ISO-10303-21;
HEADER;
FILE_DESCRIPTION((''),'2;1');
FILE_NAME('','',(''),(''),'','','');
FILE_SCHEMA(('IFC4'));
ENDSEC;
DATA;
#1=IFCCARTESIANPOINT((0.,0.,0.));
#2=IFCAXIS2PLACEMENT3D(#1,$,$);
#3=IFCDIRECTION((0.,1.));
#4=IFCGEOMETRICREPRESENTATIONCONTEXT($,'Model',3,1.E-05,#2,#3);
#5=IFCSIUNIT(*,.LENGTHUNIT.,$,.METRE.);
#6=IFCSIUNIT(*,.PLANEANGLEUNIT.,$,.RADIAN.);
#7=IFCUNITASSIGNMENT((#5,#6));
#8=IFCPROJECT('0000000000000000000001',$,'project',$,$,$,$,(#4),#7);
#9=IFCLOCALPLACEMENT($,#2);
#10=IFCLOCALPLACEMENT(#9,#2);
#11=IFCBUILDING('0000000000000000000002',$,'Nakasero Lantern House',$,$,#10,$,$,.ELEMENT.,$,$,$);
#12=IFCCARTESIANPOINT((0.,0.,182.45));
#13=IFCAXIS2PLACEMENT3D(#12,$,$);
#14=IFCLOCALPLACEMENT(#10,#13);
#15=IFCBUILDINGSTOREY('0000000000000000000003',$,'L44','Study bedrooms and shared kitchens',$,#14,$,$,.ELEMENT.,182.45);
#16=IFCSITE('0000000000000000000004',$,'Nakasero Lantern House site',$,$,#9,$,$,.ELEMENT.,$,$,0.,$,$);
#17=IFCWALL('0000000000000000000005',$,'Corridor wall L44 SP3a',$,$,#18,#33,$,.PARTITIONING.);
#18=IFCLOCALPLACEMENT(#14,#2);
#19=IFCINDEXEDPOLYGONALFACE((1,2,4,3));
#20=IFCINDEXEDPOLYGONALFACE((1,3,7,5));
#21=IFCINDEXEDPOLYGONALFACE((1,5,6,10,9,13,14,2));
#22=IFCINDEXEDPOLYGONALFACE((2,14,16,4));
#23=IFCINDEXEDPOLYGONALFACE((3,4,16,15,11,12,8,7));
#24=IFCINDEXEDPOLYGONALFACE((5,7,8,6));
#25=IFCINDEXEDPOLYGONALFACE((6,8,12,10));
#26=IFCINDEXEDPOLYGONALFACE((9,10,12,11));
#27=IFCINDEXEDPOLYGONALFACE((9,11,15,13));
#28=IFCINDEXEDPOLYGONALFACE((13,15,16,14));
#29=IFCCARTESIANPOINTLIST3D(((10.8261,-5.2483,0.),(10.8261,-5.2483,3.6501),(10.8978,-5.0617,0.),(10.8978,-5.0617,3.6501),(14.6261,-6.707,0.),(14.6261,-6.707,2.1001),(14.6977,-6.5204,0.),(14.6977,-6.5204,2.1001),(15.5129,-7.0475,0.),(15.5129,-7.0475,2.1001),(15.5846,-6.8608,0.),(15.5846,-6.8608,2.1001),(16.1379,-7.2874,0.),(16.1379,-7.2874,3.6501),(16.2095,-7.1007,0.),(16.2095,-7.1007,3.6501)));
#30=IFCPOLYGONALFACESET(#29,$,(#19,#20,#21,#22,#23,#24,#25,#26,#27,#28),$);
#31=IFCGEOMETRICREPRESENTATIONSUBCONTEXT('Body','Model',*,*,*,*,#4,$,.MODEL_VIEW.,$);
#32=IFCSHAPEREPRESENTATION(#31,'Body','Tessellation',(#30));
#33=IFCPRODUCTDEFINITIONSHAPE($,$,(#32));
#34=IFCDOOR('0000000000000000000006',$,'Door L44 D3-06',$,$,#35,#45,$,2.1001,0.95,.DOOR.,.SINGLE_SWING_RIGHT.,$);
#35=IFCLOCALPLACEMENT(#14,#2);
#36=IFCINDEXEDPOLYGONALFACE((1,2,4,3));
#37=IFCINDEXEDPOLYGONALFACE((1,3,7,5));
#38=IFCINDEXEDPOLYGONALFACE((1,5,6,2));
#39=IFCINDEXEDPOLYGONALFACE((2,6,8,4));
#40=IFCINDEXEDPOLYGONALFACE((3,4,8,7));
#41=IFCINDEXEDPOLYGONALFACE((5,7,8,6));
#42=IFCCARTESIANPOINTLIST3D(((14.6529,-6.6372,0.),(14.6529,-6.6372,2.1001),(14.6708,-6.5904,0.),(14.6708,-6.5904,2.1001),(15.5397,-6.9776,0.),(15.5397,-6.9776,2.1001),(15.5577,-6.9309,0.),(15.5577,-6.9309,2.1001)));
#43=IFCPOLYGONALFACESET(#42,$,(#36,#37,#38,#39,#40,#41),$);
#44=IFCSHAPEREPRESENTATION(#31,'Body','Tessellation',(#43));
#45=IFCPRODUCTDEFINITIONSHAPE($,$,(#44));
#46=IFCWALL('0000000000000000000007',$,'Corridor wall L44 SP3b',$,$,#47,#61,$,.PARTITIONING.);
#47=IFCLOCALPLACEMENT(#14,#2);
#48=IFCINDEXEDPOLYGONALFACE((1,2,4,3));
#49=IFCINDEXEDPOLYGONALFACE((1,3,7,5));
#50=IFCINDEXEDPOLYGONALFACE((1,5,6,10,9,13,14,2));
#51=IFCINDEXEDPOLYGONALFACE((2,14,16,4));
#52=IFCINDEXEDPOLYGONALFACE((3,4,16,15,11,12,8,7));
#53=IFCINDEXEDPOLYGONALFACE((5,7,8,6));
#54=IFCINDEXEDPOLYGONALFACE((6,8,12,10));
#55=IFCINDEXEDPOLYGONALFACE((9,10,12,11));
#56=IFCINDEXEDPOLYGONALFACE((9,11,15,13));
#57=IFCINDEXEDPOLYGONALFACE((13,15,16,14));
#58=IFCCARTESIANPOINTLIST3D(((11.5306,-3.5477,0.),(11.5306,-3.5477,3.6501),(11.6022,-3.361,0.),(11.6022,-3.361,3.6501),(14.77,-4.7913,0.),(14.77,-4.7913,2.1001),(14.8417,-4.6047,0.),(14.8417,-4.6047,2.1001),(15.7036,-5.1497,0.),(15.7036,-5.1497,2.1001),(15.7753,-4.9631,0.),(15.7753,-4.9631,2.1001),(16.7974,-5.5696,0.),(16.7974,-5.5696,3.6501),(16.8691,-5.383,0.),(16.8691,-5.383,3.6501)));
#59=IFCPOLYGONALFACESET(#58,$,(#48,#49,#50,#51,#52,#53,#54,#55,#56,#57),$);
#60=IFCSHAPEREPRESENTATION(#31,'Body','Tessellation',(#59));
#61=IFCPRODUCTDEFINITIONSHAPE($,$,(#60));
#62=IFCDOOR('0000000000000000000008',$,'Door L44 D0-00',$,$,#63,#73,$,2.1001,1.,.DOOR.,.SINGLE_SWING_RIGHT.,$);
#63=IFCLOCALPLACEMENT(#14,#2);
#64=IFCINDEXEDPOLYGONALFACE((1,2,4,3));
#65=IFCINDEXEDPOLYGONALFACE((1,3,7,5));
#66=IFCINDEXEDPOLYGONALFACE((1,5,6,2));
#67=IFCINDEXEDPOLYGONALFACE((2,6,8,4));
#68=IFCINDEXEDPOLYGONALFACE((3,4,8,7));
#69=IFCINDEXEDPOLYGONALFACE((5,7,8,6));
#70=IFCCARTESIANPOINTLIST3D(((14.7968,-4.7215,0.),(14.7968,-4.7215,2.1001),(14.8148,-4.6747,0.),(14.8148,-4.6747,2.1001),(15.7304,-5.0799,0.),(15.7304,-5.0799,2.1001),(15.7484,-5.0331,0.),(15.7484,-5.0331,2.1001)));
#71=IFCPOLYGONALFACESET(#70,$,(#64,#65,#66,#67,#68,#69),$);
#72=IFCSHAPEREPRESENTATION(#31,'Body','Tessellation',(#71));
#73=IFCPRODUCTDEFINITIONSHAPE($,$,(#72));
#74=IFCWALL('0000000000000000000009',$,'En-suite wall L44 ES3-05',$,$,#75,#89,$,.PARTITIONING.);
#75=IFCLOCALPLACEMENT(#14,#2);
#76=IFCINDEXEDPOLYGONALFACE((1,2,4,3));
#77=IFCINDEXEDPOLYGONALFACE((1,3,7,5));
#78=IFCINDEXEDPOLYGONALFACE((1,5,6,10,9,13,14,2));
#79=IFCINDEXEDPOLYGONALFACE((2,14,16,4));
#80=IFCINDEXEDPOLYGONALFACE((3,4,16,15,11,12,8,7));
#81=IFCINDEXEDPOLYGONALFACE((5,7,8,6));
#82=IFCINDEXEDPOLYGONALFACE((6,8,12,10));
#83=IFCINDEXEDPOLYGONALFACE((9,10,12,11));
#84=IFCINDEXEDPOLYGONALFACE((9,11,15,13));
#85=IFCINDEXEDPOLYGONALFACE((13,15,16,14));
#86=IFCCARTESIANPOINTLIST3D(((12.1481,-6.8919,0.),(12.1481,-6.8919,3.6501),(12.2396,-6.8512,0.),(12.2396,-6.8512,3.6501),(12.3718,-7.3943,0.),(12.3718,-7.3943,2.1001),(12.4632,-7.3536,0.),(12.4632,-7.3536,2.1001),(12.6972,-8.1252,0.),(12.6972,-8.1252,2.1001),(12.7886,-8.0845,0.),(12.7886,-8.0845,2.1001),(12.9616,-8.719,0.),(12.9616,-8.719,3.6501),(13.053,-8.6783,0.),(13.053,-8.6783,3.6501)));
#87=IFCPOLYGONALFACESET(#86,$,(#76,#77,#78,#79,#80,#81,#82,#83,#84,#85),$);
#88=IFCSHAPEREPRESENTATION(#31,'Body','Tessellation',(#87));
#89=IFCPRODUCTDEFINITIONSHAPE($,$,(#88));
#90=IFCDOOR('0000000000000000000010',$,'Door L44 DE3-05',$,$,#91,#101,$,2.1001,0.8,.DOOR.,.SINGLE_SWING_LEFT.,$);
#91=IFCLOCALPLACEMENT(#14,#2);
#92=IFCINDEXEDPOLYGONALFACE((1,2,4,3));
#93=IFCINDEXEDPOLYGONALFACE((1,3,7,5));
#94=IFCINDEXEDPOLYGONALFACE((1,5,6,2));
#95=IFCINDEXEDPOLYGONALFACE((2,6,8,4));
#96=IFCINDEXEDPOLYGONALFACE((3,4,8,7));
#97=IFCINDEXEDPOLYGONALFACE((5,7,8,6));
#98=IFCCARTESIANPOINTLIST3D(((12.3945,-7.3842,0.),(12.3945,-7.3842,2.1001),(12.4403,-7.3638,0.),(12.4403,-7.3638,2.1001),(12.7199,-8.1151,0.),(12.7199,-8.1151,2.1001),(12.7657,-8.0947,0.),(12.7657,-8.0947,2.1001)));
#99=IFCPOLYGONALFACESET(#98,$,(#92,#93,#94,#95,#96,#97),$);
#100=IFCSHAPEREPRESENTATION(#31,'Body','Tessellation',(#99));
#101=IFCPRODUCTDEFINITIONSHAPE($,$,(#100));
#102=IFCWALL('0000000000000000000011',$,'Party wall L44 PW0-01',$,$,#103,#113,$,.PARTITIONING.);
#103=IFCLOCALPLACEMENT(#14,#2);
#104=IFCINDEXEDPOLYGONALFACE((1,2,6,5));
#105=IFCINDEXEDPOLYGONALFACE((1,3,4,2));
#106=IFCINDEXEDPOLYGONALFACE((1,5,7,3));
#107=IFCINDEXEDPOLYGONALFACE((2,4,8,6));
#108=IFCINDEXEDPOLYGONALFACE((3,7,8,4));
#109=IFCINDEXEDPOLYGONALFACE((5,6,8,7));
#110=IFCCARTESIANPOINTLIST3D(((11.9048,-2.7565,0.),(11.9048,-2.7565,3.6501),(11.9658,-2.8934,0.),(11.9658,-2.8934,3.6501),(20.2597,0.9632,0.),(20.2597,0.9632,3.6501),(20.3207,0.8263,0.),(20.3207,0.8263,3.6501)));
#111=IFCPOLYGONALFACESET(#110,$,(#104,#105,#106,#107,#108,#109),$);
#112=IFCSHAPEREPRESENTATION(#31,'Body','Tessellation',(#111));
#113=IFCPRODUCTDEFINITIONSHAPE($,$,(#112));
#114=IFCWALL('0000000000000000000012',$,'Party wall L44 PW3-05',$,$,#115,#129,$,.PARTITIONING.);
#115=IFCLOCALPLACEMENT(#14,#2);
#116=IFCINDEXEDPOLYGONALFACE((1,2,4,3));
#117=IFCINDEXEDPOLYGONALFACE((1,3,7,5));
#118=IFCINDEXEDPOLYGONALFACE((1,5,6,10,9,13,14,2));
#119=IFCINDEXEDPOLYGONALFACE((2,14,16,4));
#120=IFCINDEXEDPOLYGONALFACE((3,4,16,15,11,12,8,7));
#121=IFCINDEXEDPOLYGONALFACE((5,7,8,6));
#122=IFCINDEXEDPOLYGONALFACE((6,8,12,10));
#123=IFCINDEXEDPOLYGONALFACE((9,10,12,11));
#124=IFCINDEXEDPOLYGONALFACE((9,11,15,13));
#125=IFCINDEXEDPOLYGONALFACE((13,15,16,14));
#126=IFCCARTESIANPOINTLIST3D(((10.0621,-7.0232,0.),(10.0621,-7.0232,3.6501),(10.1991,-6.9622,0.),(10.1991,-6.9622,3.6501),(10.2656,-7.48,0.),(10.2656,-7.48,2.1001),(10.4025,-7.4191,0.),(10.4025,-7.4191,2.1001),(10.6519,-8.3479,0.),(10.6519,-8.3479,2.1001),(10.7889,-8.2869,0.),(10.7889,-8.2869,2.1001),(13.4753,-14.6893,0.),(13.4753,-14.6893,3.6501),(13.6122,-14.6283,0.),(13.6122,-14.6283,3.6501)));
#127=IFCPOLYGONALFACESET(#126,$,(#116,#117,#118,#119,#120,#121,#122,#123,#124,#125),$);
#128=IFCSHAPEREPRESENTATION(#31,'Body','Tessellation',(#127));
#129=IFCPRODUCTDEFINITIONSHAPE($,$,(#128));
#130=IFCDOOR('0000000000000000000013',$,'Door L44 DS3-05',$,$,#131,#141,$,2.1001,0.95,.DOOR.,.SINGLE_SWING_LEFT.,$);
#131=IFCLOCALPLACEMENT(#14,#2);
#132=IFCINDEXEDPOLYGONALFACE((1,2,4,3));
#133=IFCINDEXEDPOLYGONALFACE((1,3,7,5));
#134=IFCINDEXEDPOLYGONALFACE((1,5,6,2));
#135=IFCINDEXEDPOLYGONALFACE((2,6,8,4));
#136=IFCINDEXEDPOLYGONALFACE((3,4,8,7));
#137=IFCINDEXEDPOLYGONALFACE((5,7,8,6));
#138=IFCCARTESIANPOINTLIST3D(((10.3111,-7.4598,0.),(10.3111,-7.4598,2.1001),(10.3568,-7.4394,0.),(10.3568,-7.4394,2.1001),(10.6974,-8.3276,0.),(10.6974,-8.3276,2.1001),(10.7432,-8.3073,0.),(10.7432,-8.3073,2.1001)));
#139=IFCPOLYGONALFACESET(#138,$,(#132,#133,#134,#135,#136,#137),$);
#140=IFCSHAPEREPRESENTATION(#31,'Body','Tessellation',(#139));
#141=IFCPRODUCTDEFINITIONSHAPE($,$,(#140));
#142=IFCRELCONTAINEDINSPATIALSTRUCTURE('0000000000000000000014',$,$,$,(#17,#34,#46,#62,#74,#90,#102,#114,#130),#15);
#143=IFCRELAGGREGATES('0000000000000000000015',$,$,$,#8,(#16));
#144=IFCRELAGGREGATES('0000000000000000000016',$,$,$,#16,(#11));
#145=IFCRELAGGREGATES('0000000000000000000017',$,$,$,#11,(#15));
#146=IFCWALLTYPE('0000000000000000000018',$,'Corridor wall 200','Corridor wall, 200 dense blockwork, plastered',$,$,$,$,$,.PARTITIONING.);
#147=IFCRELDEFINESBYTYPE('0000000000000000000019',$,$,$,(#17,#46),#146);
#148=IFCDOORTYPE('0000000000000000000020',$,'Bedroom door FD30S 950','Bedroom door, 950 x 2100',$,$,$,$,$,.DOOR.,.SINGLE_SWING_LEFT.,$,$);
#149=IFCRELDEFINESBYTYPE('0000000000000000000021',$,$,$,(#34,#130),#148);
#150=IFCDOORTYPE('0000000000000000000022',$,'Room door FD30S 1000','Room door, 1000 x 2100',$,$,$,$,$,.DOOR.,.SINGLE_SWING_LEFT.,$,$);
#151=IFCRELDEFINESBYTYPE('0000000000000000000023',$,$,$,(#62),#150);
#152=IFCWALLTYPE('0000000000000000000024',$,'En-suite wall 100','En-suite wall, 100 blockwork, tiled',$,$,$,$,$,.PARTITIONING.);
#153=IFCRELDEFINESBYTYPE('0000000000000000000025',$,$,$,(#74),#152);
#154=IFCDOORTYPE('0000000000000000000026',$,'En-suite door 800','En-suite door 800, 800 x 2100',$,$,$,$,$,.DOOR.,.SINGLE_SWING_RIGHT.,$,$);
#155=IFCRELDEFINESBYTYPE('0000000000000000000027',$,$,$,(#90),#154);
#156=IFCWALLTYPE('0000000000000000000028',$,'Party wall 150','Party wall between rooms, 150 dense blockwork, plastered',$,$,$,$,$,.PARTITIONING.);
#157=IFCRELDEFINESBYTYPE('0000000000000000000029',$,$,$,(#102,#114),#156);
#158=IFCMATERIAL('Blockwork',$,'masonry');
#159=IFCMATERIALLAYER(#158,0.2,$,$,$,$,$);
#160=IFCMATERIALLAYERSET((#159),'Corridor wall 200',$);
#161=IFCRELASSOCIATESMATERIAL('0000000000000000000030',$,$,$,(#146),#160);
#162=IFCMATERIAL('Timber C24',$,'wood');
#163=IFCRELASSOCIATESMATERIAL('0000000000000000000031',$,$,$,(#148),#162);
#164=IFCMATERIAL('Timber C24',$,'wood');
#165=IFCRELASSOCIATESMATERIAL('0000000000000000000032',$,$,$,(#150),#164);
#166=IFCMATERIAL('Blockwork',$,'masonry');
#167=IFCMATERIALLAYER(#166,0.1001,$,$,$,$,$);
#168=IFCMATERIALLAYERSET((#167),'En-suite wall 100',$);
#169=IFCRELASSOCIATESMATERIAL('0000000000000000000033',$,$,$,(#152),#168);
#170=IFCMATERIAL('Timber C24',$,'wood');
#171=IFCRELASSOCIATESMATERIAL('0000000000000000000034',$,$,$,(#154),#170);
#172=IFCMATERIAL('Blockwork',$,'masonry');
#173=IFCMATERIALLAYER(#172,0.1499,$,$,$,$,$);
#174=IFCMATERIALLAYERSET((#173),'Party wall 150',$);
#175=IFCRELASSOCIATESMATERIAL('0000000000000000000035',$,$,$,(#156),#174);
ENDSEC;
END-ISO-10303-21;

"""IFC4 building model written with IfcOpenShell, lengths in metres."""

from ifc_helpers import new_model, si_unit, direction, frame, frame_2d, origin, place, context, subcontext, project, spatial, rectangle, extrude, material, layer, layer_set, type_object, element, fill, save


model = new_model("IFC4")

# Units and contexts
model_context = context("Model", 3, precision=1e-05, world=origin(), true_north=direction((0.0, 1.0)))
body_context = subcontext(model_context, "Body", "Model", "MODEL_VIEW")
ifc_project = project(units=[si_unit("LENGTHUNIT", "METRE"), si_unit("PLANEANGLEUNIT", "RADIAN")], contexts=[model_context])

# Site, building, storey
site_placement = place(None, origin())
site = spatial("IfcSite", under=ifc_project, at=site_placement, Name="Nakasero Lantern House site", CompositionType="ELEMENT", RefElevation=0.0)
building_placement = place(site_placement, origin())
building = spatial("IfcBuilding", under=site, at=building_placement, Name="Nakasero Lantern House", CompositionType="ELEMENT")
storey_placement = place(building_placement, frame((0.0, 0.0, 182.45)))
storey = spatial("IfcBuildingStorey", under=building, at=storey_placement, Name="L44", Description="Study bedrooms and shared kitchens", CompositionType="ELEMENT", Elevation=182.45)

# Shared definitions
ifc_material_1 = material(Name="Blockwork", Category="masonry")
ifc_layer_1 = layer(ifc_material_1, 0.2)
ifc_layer_set_1 = layer_set([ifc_layer_1], Name="Corridor wall 200")
wall_type_1 = type_object("IfcWallType", Name="Corridor wall 200", Description="Corridor wall, 200 dense blockwork, plastered", PredefinedType="PARTITIONING", material=ifc_layer_set_1)

# Walls, openings, doors
wall_1_placement = place(storey_placement, frame((10.8621, -5.155, 0.0), z_axis=(0.0, 0.0, 1.0), x_axis=(0.933577, -0.358378, 0.0)))
wall_1 = element("IfcWall", 1, at=wall_1_placement, inside=storey, type_object=wall_type_1, Name="Corridor wall L44 SP3a", PredefinedType="PARTITIONING", context=body_context, shape_type="SweptSolid", body=[
    extrude(rectangle(XDim=5.6897, YDim=0.2, at=frame_2d((2.8447, 0.0))), origin(), (0.0, 0.0, 1.0), 3.6501),
])
opening_1_placement = place(wall_1_placement, frame((4.0701, 0.0, 0.0)))
opening_1 = element("IfcOpeningElement", 2, at=opening_1_placement, cuts=wall_1, PredefinedType="OPENING", context=body_context, shape_type="SweptSolid", body=[
    extrude(rectangle(XDim=0.95, YDim=2.1001, at=frame_2d((0.4751, 1.05))), frame((0.0, 0.1199, 0.0), z_axis=(0.0, -1.0, 0.0), x_axis=(1.0, 0.0, 0.0)), (0.0, 0.0, 1.0), 0.24),
])
ifc_material_2 = material(Name="Timber C24", Category="wood")
door_type_1 = type_object("IfcDoorType", Name="Bedroom door FD30S 950", Description="Bedroom door, 950 x 2100", OperationType="SINGLE_SWING_LEFT", PredefinedType="DOOR", material=ifc_material_2)
door_1_placement = place(opening_1_placement, origin())
door_1 = element("IfcDoor", 3, at=door_1_placement, inside=storey, type_object=door_type_1, Name="Door L44 D3-06", OperationType="SINGLE_SWING_RIGHT", OverallHeight=2.1001, OverallWidth=0.95, PredefinedType="DOOR", context=body_context, shape_type="SweptSolid", body=[
    extrude(rectangle(XDim=0.95, YDim=2.1001, at=frame_2d((0.4751, 1.05))), frame((0.0, 0.0249, 0.0), z_axis=(0.0, -1.0, 0.0), x_axis=(1.0, 0.0, 0.0)), (0.0, 0.0, 1.0), 0.05),
])
fill(opening_1, door_1)
wall_2_placement = place(storey_placement, frame((11.5664, -3.4543, 0.0), z_axis=(0.0, 0.0, 1.0), x_axis=(0.933567, -0.358402, 0.0)))
wall_2 = element("IfcWall", 4, at=wall_2_placement, inside=storey, type_object=wall_type_1, Name="Corridor wall L44 SP3b", PredefinedType="PARTITIONING", context=body_context, shape_type="SweptSolid", body=[
    extrude(rectangle(XDim=5.6416, YDim=0.2, at=frame_2d((2.8208, 0.0))), origin(), (0.0, 0.0, 1.0), 3.6501),
])
opening_2_placement = place(wall_2_placement, frame((3.47, 0.0, 0.0)))
opening_2 = element("IfcOpeningElement", 5, at=opening_2_placement, cuts=wall_2, PredefinedType="OPENING", context=body_context, shape_type="SweptSolid", body=[
    extrude(rectangle(XDim=1.0, YDim=2.1001, at=frame_2d((0.5, 1.05))), frame((0.0, 0.1199, 0.0), z_axis=(0.0, -1.0, 0.0), x_axis=(1.0, 0.0, 0.0)), (0.0, 0.0, 1.0), 0.24),
])
ifc_material_3 = material(Name="Timber C24", Category="wood")
door_type_2 = type_object("IfcDoorType", Name="Room door FD30S 1000", Description="Room door, 1000 x 2100", OperationType="SINGLE_SWING_LEFT", PredefinedType="DOOR", material=ifc_material_3)
door_2_placement = place(opening_2_placement, origin())
door_2 = element("IfcDoor", 6, at=door_2_placement, inside=storey, type_object=door_type_2, Name="Door L44 D0-00", OperationType="SINGLE_SWING_RIGHT", OverallHeight=2.1001, OverallWidth=1.0, PredefinedType="DOOR", context=body_context, shape_type="SweptSolid", body=[
    extrude(rectangle(XDim=1.0, YDim=2.1001, at=frame_2d((0.5, 1.05))), frame((0.0, 0.0249, 0.0), z_axis=(0.0, -1.0, 0.0), x_axis=(1.0, 0.0, 0.0)), (0.0, 0.0, 1.0), 0.05),
])
fill(opening_2, door_2)
ifc_material_4 = material(Name="Blockwork", Category="masonry")
ifc_layer_2 = layer(ifc_material_4, 0.1001)
ifc_layer_set_2 = layer_set([ifc_layer_2], Name="En-suite wall 100")
wall_type_2 = type_object("IfcWallType", Name="En-suite wall 100", Description="En-suite wall, 100 blockwork, tiled", PredefinedType="PARTITIONING", material=ifc_layer_set_2)
wall_3_placement = place(storey_placement, frame((12.1938, -6.8716, 0.0), z_axis=(0.0, 0.0, 1.0), x_axis=(0.406727, -0.91355, 0.0)))
wall_3 = element("IfcWall", 7, at=wall_3_placement, inside=storey, type_object=wall_type_2, Name="En-suite wall L44 ES3-05", PredefinedType="PARTITIONING", context=body_context, shape_type="SweptSolid", body=[
    extrude(rectangle(XDim=2.0, YDim=0.1001, at=frame_2d((1.0, 0.0))), origin(), (0.0, 0.0, 1.0), 3.6501),
])
opening_3_placement = place(wall_3_placement, frame((0.55, 0.0, 0.0)))
opening_3 = element("IfcOpeningElement", 8, at=opening_3_placement, cuts=wall_3, PredefinedType="OPENING", context=body_context, shape_type="SweptSolid", body=[
    extrude(rectangle(XDim=0.8, YDim=2.1001, at=frame_2d((0.3999, 1.05))), frame((0.0, 0.0701, 0.0), z_axis=(0.0, -1.0, 0.0), x_axis=(1.0, 0.0, 0.0)), (0.0, 0.0, 1.0), 0.1401),
])
ifc_material_5 = material(Name="Timber C24", Category="wood")
door_type_3 = type_object("IfcDoorType", Name="En-suite door 800", Description="En-suite door 800, 800 x 2100", OperationType="SINGLE_SWING_RIGHT", PredefinedType="DOOR", material=ifc_material_5)
door_3_placement = place(opening_3_placement, origin())
door_3 = element("IfcDoor", 9, at=door_3_placement, inside=storey, type_object=door_type_3, Name="Door L44 DE3-05", OperationType="SINGLE_SWING_LEFT", OverallHeight=2.1001, OverallWidth=0.8, PredefinedType="DOOR", context=body_context, shape_type="SweptSolid", body=[
    extrude(rectangle(XDim=0.8, YDim=2.1001, at=frame_2d((0.3999, 1.05))), frame((0.0, 0.0249, 0.0), z_axis=(0.0, -1.0, 0.0), x_axis=(1.0, 0.0, 0.0)), (0.0, 0.0, 1.0), 0.05),
])
fill(opening_3, door_3)

# Wall
ifc_material_6 = material(Name="Blockwork", Category="masonry")
ifc_layer_3 = layer(ifc_material_6, 0.1499)
ifc_layer_set_3 = layer_set([ifc_layer_3], Name="Party wall 150")
wall_type_3 = type_object("IfcWallType", Name="Party wall 150", Description="Party wall between rooms, 150 dense blockwork, plastered", PredefinedType="PARTITIONING", material=ifc_layer_set_3)
wall_4_placement = place(storey_placement, frame((11.9353, -2.825, 0.0), z_axis=(0.0, 0.0, 1.0), x_axis=(0.913552, 0.406723, 0.0)))
element("IfcWall", 10, at=wall_4_placement, inside=storey, type_object=wall_type_3, Name="Party wall L44 PW0-01", PredefinedType="PARTITIONING", context=body_context, shape_type="SweptSolid", body=[
    extrude(rectangle(XDim=9.1455, YDim=0.1499, at=frame_2d((4.5728, 0.0))), origin(), (0.0, 0.0, 1.0), 3.6501),
])

# Wall, opening, door
wall_5_placement = place(storey_placement, frame((10.1306, -6.9927, 0.0), z_axis=(0.0, 0.0, 1.0), x_axis=(0.406732, -0.913547, 0.0)))
wall_5 = element("IfcWall", 11, at=wall_5_placement, inside=storey, type_object=wall_type_3, Name="Party wall L44 PW3-05", PredefinedType="PARTITIONING", context=body_context, shape_type="SweptSolid", body=[
    extrude(rectangle(XDim=8.3916, YDim=0.1499, at=frame_2d((4.1958, 0.0))), origin(), (0.0, 0.0, 1.0), 3.6501),
])
opening_4_placement = place(wall_5_placement, frame((0.5, 0.0, 0.0)))
opening_4 = element("IfcOpeningElement", 12, at=opening_4_placement, cuts=wall_5, PredefinedType="OPENING", context=body_context, shape_type="SweptSolid", body=[
    extrude(rectangle(XDim=0.95, YDim=2.1001, at=frame_2d((0.4751, 1.05))), frame((0.0, 0.095, 0.0), z_axis=(0.0, -1.0, 0.0), x_axis=(1.0, 0.0, 0.0)), (0.0, 0.0, 1.0), 0.1899),
])
door_4_placement = place(opening_4_placement, origin())
door_4 = element("IfcDoor", 13, at=door_4_placement, inside=storey, type_object=door_type_1, Name="Door L44 DS3-05", OperationType="SINGLE_SWING_LEFT", OverallHeight=2.1001, OverallWidth=0.95, PredefinedType="DOOR", context=body_context, shape_type="SweptSolid", body=[
    extrude(rectangle(XDim=0.95, YDim=2.1001, at=frame_2d((0.4751, 1.05))), frame((0.0, 0.0249, 0.0), z_axis=(0.0, -1.0, 0.0), x_axis=(1.0, 0.0, 0.0)), (0.0, 0.0, 1.0), 0.05),
])
fill(opening_4, door_4)

save(model, "model.ifc")
